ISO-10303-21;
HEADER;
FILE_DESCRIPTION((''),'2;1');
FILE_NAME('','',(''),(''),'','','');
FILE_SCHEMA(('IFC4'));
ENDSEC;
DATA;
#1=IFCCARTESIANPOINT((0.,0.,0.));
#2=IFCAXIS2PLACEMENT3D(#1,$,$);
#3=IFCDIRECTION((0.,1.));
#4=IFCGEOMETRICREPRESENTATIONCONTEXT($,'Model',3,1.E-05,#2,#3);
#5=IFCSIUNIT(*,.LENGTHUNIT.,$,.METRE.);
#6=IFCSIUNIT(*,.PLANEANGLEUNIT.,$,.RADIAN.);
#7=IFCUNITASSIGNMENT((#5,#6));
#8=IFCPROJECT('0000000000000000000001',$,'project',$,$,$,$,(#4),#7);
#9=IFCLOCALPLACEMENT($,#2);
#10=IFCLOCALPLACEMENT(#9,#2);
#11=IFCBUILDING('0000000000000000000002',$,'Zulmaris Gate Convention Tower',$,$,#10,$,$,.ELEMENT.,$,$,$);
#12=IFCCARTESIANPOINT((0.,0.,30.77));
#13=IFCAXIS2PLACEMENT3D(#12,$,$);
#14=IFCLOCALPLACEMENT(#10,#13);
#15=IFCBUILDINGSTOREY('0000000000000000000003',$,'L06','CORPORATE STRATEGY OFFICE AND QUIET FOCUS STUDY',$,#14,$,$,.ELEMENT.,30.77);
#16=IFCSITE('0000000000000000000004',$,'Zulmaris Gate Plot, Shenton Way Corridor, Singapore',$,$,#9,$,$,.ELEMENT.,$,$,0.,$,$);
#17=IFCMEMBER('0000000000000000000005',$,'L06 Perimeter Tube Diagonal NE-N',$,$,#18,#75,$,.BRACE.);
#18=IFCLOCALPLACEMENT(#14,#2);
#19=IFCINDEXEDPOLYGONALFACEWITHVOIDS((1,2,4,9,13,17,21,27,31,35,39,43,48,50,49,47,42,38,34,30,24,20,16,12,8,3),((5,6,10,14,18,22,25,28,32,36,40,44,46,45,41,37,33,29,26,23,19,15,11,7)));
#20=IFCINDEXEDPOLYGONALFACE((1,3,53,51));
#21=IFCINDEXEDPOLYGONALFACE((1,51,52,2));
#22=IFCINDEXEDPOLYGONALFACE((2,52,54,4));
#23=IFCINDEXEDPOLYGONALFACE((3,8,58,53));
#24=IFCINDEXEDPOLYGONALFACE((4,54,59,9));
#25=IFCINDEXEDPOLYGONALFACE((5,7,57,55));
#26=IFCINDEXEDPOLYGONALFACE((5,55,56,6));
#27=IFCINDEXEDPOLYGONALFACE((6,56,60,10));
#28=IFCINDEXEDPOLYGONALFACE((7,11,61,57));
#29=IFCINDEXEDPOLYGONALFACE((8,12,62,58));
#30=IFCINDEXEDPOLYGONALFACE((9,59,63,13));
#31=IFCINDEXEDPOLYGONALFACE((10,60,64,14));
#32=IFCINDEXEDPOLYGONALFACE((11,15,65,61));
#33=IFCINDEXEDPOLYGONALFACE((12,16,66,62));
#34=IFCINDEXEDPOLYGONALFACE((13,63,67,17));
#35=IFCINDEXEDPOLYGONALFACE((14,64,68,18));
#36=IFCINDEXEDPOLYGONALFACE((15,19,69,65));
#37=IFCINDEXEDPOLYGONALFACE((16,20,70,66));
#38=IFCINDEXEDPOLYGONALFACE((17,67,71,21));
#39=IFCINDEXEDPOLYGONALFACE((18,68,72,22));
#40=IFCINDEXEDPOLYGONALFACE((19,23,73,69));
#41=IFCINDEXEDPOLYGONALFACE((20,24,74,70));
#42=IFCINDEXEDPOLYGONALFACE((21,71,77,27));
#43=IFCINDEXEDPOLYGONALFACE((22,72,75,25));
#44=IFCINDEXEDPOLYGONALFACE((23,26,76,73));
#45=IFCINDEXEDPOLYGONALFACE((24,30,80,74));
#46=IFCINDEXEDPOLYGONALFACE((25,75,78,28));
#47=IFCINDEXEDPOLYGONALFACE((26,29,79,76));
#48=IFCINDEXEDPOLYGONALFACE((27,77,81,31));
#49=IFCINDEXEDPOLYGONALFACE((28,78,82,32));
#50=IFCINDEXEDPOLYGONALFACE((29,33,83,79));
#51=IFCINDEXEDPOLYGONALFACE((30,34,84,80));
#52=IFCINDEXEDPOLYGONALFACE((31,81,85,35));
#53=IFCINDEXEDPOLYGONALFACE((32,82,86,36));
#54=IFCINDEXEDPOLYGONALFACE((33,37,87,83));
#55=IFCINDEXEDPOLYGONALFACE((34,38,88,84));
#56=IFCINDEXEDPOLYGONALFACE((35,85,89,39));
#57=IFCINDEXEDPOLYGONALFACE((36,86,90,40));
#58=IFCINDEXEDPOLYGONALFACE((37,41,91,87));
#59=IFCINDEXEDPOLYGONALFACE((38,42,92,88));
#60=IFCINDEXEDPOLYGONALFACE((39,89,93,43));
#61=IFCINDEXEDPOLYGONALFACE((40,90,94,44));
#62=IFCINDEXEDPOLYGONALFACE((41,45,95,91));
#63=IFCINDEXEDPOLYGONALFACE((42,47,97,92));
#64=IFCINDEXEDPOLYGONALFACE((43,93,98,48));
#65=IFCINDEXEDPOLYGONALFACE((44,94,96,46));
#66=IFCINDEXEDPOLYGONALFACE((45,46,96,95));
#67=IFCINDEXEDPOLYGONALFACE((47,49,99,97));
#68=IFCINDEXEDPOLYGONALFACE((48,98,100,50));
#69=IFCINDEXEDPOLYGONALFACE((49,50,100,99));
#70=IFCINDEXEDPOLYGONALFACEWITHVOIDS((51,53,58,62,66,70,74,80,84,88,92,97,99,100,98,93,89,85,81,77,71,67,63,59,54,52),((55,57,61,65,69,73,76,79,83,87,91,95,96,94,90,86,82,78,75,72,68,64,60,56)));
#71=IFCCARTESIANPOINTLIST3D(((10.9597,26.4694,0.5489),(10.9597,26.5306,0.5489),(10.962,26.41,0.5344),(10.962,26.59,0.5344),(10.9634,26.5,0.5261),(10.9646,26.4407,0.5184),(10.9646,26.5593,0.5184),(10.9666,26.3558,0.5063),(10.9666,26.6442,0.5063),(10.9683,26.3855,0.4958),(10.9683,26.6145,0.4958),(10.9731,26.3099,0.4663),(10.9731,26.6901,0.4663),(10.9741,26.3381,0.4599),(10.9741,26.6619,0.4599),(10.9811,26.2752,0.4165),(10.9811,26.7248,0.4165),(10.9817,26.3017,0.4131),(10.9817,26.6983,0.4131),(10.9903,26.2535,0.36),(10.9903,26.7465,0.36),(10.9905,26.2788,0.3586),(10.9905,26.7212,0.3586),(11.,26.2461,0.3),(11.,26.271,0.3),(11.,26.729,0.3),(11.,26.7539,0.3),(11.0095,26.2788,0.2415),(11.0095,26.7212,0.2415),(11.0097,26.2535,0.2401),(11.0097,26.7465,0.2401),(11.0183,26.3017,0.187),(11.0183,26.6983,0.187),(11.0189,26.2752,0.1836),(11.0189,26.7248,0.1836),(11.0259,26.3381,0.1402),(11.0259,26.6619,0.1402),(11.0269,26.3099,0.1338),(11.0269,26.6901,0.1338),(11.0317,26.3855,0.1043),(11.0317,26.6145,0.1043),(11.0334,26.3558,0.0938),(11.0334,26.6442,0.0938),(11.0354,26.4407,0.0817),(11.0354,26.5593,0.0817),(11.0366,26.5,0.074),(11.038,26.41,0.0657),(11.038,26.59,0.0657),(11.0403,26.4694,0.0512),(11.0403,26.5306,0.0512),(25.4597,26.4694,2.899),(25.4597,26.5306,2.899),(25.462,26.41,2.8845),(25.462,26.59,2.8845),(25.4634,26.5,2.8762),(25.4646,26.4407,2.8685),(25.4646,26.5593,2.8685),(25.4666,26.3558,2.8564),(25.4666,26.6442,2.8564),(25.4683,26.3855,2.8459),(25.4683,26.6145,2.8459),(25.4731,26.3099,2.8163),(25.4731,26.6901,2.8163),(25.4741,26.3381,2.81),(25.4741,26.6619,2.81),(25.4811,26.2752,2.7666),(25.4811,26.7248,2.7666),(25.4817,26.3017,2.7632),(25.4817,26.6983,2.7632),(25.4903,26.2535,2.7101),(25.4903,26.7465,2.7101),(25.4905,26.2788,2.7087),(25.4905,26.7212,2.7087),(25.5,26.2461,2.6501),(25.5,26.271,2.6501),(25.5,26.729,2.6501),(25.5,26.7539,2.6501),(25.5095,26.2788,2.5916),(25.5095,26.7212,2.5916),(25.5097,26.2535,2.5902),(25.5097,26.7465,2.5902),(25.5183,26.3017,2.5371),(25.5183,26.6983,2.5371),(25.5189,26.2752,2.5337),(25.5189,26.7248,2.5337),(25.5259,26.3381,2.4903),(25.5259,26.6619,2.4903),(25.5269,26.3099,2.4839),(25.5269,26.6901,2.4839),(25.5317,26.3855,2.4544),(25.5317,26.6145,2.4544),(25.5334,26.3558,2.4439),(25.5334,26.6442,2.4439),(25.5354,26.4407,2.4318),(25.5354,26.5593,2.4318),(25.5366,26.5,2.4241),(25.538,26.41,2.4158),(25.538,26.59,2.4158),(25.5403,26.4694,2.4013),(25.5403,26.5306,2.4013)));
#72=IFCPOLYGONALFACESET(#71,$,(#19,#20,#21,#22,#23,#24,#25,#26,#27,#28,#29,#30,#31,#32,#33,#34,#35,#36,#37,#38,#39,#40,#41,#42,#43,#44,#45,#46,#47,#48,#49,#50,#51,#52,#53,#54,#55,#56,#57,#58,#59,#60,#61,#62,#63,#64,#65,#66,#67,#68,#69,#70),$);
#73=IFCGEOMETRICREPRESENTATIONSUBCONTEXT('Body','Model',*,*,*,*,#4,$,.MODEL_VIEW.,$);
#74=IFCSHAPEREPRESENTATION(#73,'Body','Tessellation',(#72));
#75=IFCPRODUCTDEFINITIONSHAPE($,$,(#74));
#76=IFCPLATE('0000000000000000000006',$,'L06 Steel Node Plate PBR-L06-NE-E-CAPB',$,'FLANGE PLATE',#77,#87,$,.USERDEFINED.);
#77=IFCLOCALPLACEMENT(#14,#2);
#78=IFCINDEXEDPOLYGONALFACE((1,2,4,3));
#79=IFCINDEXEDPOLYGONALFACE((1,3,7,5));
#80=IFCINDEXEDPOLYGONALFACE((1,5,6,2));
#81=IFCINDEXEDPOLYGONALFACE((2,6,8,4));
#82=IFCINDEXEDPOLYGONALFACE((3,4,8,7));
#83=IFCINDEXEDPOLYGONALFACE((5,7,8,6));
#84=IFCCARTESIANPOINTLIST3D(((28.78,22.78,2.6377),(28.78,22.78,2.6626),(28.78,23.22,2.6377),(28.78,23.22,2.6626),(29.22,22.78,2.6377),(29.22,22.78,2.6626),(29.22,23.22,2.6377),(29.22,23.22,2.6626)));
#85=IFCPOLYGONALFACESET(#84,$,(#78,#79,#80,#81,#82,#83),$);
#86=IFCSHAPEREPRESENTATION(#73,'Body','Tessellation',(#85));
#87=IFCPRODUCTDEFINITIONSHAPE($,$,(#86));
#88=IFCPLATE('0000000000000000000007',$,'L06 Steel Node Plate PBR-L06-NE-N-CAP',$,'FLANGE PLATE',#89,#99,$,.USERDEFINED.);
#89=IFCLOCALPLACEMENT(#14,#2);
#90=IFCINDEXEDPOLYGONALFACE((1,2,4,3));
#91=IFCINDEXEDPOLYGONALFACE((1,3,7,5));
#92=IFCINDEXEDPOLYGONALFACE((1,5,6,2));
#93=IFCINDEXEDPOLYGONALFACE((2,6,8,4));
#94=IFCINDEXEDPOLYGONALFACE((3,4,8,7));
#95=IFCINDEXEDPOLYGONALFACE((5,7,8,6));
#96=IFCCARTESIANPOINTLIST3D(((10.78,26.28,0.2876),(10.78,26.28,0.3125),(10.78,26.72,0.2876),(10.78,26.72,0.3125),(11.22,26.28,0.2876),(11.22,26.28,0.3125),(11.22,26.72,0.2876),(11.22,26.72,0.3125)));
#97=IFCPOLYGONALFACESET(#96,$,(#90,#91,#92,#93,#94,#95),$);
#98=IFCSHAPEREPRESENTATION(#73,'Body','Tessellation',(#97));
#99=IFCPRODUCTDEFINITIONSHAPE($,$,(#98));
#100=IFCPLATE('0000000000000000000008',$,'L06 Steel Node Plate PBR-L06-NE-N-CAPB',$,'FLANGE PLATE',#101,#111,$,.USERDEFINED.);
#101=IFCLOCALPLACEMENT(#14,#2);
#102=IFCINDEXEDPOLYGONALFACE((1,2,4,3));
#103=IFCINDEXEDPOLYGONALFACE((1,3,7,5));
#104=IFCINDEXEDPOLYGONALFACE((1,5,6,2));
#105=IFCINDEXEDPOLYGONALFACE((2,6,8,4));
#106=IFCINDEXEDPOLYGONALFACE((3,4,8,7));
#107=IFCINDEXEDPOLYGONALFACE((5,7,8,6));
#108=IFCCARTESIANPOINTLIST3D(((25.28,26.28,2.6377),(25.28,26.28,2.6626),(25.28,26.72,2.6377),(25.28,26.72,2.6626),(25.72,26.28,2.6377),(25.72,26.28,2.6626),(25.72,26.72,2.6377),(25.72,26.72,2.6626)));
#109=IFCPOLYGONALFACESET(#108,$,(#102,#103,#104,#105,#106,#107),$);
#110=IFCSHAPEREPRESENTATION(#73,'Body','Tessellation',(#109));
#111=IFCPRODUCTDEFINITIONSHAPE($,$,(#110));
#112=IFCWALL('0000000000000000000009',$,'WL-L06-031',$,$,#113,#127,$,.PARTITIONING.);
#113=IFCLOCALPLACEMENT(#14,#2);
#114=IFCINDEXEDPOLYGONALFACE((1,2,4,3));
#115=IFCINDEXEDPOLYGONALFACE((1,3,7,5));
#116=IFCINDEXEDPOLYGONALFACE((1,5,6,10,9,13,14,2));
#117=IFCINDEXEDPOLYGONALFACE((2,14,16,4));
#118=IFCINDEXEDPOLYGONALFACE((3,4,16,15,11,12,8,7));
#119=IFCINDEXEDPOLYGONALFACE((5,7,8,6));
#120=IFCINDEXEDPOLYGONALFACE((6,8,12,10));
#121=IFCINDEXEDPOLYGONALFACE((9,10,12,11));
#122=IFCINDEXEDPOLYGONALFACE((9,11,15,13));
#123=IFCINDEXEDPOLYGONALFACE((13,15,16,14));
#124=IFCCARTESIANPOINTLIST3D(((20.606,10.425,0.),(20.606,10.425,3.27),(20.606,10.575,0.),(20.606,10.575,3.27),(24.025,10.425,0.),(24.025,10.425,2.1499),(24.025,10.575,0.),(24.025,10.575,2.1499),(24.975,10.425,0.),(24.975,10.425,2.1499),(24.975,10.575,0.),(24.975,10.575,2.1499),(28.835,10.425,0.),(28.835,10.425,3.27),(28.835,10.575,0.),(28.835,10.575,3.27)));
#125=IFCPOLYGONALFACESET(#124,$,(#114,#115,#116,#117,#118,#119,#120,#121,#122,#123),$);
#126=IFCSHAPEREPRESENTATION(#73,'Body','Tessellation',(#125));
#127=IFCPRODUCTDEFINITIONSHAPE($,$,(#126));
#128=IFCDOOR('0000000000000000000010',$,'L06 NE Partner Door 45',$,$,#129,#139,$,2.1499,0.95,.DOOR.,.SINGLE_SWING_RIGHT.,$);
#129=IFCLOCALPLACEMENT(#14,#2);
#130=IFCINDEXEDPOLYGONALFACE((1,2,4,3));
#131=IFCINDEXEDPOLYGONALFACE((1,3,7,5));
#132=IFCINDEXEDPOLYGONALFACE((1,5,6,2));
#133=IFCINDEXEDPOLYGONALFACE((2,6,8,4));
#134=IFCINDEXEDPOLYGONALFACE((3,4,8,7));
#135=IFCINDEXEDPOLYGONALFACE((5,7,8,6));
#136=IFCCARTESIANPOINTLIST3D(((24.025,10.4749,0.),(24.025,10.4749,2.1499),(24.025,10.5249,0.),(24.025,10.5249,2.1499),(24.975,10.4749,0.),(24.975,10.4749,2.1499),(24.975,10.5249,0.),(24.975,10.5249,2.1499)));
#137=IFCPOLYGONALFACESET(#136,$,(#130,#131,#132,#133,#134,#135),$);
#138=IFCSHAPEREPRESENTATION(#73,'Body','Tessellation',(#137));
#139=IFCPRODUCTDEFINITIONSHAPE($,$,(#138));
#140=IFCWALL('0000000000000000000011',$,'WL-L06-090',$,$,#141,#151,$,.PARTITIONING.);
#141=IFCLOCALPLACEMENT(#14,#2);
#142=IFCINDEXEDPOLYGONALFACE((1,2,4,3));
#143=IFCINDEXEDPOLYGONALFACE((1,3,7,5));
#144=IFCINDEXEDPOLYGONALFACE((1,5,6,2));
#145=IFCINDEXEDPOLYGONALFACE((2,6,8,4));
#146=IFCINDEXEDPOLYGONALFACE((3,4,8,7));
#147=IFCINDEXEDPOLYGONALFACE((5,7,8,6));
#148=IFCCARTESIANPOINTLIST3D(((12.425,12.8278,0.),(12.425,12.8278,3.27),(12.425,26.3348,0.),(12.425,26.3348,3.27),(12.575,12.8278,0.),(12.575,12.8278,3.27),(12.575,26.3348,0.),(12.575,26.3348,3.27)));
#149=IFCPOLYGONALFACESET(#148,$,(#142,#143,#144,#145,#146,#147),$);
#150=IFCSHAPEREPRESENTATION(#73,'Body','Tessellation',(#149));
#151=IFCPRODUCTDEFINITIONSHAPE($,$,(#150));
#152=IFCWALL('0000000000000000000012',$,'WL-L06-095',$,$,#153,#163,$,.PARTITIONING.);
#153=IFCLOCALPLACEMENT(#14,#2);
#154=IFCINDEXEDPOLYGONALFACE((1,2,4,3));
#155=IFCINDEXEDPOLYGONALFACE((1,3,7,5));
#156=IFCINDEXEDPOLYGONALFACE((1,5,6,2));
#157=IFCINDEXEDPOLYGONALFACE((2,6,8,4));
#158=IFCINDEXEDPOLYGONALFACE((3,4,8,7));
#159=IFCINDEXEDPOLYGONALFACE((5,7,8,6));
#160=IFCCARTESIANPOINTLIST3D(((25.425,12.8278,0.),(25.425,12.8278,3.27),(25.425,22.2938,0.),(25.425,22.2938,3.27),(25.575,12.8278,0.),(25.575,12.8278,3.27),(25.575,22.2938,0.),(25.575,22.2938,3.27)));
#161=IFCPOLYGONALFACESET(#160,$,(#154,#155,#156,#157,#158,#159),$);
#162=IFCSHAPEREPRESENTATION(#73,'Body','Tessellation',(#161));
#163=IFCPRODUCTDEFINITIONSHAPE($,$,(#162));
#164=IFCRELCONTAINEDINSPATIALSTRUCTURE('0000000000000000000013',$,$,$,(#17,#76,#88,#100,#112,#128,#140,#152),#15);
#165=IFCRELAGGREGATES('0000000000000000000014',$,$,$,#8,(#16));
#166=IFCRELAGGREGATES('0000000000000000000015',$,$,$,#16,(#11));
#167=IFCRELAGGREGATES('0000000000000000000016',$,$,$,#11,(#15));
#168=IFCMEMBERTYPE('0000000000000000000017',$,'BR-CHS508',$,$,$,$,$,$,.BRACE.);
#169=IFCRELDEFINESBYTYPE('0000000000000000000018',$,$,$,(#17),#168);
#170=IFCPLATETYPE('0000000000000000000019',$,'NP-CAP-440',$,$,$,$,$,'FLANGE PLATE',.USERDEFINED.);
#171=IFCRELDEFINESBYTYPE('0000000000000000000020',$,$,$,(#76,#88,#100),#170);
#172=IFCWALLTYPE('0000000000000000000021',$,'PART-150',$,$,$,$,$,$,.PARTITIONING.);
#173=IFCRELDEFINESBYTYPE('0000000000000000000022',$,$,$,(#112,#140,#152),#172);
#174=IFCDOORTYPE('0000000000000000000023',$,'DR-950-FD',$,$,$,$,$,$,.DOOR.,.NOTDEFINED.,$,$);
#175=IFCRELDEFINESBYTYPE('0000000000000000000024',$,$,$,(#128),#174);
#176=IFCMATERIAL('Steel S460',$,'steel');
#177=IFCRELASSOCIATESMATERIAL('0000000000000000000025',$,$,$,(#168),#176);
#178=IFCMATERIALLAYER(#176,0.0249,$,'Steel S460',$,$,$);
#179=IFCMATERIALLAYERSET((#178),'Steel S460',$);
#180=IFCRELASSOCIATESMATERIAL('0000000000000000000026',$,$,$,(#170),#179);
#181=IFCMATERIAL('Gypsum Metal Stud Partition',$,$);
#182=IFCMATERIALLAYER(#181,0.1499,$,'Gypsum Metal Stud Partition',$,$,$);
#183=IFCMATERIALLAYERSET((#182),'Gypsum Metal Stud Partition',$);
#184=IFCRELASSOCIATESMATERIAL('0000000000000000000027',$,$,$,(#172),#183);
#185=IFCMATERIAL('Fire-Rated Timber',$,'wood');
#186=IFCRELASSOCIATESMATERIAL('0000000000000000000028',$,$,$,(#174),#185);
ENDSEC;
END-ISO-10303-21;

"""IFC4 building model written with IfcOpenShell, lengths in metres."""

from ifc_helpers import new_model, si_unit, direction, frame, frame_2d, origin, origin_2d, place, context, subcontext, project, spatial, rectangle, hollow_circle, extrude, material, layer, layer_set, material_profile, profile_set, type_object, element, fill, save


model = new_model("IFC4")

# Units and contexts
model_context = context("Model", 3, precision=1e-05, world=origin(), true_north=direction((0.0, 1.0)))
body_context = subcontext(model_context, "Body", "Model", "MODEL_VIEW")
ifc_project = project(units=[si_unit("LENGTHUNIT", "METRE"), si_unit("PLANEANGLEUNIT", "RADIAN")], contexts=[model_context])

# Site, building, storey
site_placement = place(None, origin())
site = spatial("IfcSite", under=ifc_project, at=site_placement, Name="Zulmaris Gate Plot, Shenton Way Corridor, Singapore", CompositionType="ELEMENT", RefElevation=0.0)
building_placement = place(site_placement, origin())
building = spatial("IfcBuilding", under=site, at=building_placement, Name="Zulmaris Gate Convention Tower", CompositionType="ELEMENT")
storey_placement = place(building_placement, frame((0.0, 0.0, 30.77)))
storey = spatial("IfcBuildingStorey", under=building, at=storey_placement, Name="L06", Description="CORPORATE STRATEGY OFFICE AND QUIET FOCUS STUDY", CompositionType="ELEMENT", Elevation=30.77)

# Member
ifc_material_1 = material(Name="Steel S460", Category="steel")
ifc_material_profile_1 = material_profile(ifc_material_1, hollow_circle(Radius=0.2539, WallThickness=0.0249, at=origin_2d()), Name="CHS 508x25")
ifc_profile_set_1 = profile_set([ifc_material_profile_1], Name="Steel S460")
member_type = type_object("IfcMemberType", Name="BR-CHS508", PredefinedType="BRACE", material=ifc_profile_set_1)
member_placement = place(storey_placement, frame((11.0, 26.5, 0.3), z_axis=(0.987119, 0.0, 0.159988), x_axis=(0.0, 1.0, 0.0)))
element("IfcMember", 1, at=member_placement, inside=storey, type_object=member_type, Name="L06 Perimeter Tube Diagonal NE-N", PredefinedType="BRACE", context=body_context, shape_type="SweptSolid", body=[
    extrude(hollow_circle(Radius=0.2539, WallThickness=0.0249, at=origin_2d()), origin(), (0.0, 0.0, 1.0), 14.6892),
])

# Plates
ifc_layer_1 = layer(ifc_material_1, 0.0249, Name="Steel S460")
ifc_layer_set_1 = layer_set([ifc_layer_1], Name="Steel S460")
plate_type = type_object("IfcPlateType", Name="NP-CAP-440", ElementType="FLANGE PLATE", PredefinedType="USERDEFINED", material=ifc_layer_set_1)
for number, where, z_axis, x_axis, name in (
    (2, (29.0, 23.0, 2.6377), (0.0, 0.0, 1.0), (1.0, 0.0, 0.0), "L06 Steel Node Plate PBR-L06-NE-E-CAPB"),
    (3, (11.0, 26.5, 0.2876), (0.0, 0.0, 1.0), (1.0, 0.0, 0.0), "L06 Steel Node Plate PBR-L06-NE-N-CAP"),
    (4, (25.5, 26.5, 2.6377), (0.0, 0.0, 1.0), (1.0, 0.0, 0.0), "L06 Steel Node Plate PBR-L06-NE-N-CAPB"),
):
    element("IfcPlate", number, at=place(storey_placement, frame(where, z_axis=z_axis, x_axis=x_axis)), inside=storey, type_object=plate_type, Name=name, ObjectType="FLANGE PLATE", PredefinedType="USERDEFINED", context=body_context, shape_type="SweptSolid", body=[
        extrude(rectangle(XDim=0.4399, YDim=0.4399, at=origin_2d()), origin(), (0.0, 0.0, 1.0), 0.0249),
    ])

# Wall, opening, door
ifc_material_2 = material(Name="Gypsum Metal Stud Partition")
ifc_layer_2 = layer(ifc_material_2, 0.1499, Name="Gypsum Metal Stud Partition")
ifc_layer_set_2 = layer_set([ifc_layer_2], Name="Gypsum Metal Stud Partition")
wall_type_1 = type_object("IfcWallType", Name="PART-150", PredefinedType="PARTITIONING", material=ifc_layer_set_2)
wall_1_placement = place(storey_placement, frame((20.606, 10.5, 0.0), z_axis=(0.0, 0.0, 1.0), x_axis=(1.0, 0.0, 0.0)))
wall_1 = element("IfcWall", 5, at=wall_1_placement, inside=storey, type_object=wall_type_1, Name="WL-L06-031", PredefinedType="PARTITIONING", context=body_context, shape_type="SweptSolid", body=[
    extrude(rectangle(XDim=8.229, YDim=0.1499, at=frame_2d((4.1145, 0.0))), origin(), (0.0, 0.0, 1.0), 3.27),
])
opening_1_placement = place(wall_1_placement, frame((3.4189, 0.0, 0.0)))
opening_1 = element("IfcOpeningElement", 6, at=opening_1_placement, cuts=wall_1, PredefinedType="OPENING", context=body_context, shape_type="SweptSolid", body=[
    extrude(rectangle(XDim=0.95, YDim=2.1499, at=frame_2d((0.4751, 1.075))), frame((0.0, 0.085, 0.0), z_axis=(0.0, -1.0, 0.0), x_axis=(1.0, 0.0, 0.0)), (0.0, 0.0, 1.0), 0.1699),
])
ifc_material_3 = material(Name="Fire-Rated Timber", Category="wood")
door_type = type_object("IfcDoorType", Name="DR-950-FD", OperationType="NOTDEFINED", PredefinedType="DOOR", material=ifc_material_3)
door_1_placement = place(opening_1_placement, origin())
door_1 = element("IfcDoor", 7, at=door_1_placement, inside=storey, type_object=door_type, Name="L06 NE Partner Door 45", OperationType="SINGLE_SWING_RIGHT", OverallHeight=2.1499, OverallWidth=0.95, PredefinedType="DOOR", context=body_context, shape_type="SweptSolid", body=[
    extrude(rectangle(XDim=0.95, YDim=2.1499, at=frame_2d((0.4751, 1.075))), frame((0.0, 0.0249, 0.0), z_axis=(0.0, -1.0, 0.0), x_axis=(1.0, 0.0, 0.0)), (0.0, 0.0, 1.0), 0.05),
])
fill(opening_1, door_1)

# Wall
wall_2_placement = place(storey_placement, frame((12.5, 12.8279, 0.0), z_axis=(0.0, 0.0, 1.0), x_axis=(0.0, 1.0, 0.0)))
element("IfcWall", 8, at=wall_2_placement, inside=storey, type_object=wall_type_1, Name="WL-L06-090", PredefinedType="PARTITIONING", context=body_context, shape_type="SweptSolid", body=[
    extrude(rectangle(XDim=13.5071, YDim=0.1499, at=frame_2d((6.7534, 0.0))), origin(), (0.0, 0.0, 1.0), 3.27),
])

# Wall
wall_3_placement = place(storey_placement, frame((25.5, 12.8279, 0.0), z_axis=(0.0, 0.0, 1.0), x_axis=(0.0, 1.0, 0.0)))
element("IfcWall", 9, at=wall_3_placement, inside=storey, type_object=wall_type_1, Name="WL-L06-095", PredefinedType="PARTITIONING", context=body_context, shape_type="SweptSolid", body=[
    extrude(rectangle(XDim=9.4661, YDim=0.1499, at=frame_2d((4.7329, 0.0))), origin(), (0.0, 0.0, 1.0), 3.27),
])

save(model, "model.ifc")
